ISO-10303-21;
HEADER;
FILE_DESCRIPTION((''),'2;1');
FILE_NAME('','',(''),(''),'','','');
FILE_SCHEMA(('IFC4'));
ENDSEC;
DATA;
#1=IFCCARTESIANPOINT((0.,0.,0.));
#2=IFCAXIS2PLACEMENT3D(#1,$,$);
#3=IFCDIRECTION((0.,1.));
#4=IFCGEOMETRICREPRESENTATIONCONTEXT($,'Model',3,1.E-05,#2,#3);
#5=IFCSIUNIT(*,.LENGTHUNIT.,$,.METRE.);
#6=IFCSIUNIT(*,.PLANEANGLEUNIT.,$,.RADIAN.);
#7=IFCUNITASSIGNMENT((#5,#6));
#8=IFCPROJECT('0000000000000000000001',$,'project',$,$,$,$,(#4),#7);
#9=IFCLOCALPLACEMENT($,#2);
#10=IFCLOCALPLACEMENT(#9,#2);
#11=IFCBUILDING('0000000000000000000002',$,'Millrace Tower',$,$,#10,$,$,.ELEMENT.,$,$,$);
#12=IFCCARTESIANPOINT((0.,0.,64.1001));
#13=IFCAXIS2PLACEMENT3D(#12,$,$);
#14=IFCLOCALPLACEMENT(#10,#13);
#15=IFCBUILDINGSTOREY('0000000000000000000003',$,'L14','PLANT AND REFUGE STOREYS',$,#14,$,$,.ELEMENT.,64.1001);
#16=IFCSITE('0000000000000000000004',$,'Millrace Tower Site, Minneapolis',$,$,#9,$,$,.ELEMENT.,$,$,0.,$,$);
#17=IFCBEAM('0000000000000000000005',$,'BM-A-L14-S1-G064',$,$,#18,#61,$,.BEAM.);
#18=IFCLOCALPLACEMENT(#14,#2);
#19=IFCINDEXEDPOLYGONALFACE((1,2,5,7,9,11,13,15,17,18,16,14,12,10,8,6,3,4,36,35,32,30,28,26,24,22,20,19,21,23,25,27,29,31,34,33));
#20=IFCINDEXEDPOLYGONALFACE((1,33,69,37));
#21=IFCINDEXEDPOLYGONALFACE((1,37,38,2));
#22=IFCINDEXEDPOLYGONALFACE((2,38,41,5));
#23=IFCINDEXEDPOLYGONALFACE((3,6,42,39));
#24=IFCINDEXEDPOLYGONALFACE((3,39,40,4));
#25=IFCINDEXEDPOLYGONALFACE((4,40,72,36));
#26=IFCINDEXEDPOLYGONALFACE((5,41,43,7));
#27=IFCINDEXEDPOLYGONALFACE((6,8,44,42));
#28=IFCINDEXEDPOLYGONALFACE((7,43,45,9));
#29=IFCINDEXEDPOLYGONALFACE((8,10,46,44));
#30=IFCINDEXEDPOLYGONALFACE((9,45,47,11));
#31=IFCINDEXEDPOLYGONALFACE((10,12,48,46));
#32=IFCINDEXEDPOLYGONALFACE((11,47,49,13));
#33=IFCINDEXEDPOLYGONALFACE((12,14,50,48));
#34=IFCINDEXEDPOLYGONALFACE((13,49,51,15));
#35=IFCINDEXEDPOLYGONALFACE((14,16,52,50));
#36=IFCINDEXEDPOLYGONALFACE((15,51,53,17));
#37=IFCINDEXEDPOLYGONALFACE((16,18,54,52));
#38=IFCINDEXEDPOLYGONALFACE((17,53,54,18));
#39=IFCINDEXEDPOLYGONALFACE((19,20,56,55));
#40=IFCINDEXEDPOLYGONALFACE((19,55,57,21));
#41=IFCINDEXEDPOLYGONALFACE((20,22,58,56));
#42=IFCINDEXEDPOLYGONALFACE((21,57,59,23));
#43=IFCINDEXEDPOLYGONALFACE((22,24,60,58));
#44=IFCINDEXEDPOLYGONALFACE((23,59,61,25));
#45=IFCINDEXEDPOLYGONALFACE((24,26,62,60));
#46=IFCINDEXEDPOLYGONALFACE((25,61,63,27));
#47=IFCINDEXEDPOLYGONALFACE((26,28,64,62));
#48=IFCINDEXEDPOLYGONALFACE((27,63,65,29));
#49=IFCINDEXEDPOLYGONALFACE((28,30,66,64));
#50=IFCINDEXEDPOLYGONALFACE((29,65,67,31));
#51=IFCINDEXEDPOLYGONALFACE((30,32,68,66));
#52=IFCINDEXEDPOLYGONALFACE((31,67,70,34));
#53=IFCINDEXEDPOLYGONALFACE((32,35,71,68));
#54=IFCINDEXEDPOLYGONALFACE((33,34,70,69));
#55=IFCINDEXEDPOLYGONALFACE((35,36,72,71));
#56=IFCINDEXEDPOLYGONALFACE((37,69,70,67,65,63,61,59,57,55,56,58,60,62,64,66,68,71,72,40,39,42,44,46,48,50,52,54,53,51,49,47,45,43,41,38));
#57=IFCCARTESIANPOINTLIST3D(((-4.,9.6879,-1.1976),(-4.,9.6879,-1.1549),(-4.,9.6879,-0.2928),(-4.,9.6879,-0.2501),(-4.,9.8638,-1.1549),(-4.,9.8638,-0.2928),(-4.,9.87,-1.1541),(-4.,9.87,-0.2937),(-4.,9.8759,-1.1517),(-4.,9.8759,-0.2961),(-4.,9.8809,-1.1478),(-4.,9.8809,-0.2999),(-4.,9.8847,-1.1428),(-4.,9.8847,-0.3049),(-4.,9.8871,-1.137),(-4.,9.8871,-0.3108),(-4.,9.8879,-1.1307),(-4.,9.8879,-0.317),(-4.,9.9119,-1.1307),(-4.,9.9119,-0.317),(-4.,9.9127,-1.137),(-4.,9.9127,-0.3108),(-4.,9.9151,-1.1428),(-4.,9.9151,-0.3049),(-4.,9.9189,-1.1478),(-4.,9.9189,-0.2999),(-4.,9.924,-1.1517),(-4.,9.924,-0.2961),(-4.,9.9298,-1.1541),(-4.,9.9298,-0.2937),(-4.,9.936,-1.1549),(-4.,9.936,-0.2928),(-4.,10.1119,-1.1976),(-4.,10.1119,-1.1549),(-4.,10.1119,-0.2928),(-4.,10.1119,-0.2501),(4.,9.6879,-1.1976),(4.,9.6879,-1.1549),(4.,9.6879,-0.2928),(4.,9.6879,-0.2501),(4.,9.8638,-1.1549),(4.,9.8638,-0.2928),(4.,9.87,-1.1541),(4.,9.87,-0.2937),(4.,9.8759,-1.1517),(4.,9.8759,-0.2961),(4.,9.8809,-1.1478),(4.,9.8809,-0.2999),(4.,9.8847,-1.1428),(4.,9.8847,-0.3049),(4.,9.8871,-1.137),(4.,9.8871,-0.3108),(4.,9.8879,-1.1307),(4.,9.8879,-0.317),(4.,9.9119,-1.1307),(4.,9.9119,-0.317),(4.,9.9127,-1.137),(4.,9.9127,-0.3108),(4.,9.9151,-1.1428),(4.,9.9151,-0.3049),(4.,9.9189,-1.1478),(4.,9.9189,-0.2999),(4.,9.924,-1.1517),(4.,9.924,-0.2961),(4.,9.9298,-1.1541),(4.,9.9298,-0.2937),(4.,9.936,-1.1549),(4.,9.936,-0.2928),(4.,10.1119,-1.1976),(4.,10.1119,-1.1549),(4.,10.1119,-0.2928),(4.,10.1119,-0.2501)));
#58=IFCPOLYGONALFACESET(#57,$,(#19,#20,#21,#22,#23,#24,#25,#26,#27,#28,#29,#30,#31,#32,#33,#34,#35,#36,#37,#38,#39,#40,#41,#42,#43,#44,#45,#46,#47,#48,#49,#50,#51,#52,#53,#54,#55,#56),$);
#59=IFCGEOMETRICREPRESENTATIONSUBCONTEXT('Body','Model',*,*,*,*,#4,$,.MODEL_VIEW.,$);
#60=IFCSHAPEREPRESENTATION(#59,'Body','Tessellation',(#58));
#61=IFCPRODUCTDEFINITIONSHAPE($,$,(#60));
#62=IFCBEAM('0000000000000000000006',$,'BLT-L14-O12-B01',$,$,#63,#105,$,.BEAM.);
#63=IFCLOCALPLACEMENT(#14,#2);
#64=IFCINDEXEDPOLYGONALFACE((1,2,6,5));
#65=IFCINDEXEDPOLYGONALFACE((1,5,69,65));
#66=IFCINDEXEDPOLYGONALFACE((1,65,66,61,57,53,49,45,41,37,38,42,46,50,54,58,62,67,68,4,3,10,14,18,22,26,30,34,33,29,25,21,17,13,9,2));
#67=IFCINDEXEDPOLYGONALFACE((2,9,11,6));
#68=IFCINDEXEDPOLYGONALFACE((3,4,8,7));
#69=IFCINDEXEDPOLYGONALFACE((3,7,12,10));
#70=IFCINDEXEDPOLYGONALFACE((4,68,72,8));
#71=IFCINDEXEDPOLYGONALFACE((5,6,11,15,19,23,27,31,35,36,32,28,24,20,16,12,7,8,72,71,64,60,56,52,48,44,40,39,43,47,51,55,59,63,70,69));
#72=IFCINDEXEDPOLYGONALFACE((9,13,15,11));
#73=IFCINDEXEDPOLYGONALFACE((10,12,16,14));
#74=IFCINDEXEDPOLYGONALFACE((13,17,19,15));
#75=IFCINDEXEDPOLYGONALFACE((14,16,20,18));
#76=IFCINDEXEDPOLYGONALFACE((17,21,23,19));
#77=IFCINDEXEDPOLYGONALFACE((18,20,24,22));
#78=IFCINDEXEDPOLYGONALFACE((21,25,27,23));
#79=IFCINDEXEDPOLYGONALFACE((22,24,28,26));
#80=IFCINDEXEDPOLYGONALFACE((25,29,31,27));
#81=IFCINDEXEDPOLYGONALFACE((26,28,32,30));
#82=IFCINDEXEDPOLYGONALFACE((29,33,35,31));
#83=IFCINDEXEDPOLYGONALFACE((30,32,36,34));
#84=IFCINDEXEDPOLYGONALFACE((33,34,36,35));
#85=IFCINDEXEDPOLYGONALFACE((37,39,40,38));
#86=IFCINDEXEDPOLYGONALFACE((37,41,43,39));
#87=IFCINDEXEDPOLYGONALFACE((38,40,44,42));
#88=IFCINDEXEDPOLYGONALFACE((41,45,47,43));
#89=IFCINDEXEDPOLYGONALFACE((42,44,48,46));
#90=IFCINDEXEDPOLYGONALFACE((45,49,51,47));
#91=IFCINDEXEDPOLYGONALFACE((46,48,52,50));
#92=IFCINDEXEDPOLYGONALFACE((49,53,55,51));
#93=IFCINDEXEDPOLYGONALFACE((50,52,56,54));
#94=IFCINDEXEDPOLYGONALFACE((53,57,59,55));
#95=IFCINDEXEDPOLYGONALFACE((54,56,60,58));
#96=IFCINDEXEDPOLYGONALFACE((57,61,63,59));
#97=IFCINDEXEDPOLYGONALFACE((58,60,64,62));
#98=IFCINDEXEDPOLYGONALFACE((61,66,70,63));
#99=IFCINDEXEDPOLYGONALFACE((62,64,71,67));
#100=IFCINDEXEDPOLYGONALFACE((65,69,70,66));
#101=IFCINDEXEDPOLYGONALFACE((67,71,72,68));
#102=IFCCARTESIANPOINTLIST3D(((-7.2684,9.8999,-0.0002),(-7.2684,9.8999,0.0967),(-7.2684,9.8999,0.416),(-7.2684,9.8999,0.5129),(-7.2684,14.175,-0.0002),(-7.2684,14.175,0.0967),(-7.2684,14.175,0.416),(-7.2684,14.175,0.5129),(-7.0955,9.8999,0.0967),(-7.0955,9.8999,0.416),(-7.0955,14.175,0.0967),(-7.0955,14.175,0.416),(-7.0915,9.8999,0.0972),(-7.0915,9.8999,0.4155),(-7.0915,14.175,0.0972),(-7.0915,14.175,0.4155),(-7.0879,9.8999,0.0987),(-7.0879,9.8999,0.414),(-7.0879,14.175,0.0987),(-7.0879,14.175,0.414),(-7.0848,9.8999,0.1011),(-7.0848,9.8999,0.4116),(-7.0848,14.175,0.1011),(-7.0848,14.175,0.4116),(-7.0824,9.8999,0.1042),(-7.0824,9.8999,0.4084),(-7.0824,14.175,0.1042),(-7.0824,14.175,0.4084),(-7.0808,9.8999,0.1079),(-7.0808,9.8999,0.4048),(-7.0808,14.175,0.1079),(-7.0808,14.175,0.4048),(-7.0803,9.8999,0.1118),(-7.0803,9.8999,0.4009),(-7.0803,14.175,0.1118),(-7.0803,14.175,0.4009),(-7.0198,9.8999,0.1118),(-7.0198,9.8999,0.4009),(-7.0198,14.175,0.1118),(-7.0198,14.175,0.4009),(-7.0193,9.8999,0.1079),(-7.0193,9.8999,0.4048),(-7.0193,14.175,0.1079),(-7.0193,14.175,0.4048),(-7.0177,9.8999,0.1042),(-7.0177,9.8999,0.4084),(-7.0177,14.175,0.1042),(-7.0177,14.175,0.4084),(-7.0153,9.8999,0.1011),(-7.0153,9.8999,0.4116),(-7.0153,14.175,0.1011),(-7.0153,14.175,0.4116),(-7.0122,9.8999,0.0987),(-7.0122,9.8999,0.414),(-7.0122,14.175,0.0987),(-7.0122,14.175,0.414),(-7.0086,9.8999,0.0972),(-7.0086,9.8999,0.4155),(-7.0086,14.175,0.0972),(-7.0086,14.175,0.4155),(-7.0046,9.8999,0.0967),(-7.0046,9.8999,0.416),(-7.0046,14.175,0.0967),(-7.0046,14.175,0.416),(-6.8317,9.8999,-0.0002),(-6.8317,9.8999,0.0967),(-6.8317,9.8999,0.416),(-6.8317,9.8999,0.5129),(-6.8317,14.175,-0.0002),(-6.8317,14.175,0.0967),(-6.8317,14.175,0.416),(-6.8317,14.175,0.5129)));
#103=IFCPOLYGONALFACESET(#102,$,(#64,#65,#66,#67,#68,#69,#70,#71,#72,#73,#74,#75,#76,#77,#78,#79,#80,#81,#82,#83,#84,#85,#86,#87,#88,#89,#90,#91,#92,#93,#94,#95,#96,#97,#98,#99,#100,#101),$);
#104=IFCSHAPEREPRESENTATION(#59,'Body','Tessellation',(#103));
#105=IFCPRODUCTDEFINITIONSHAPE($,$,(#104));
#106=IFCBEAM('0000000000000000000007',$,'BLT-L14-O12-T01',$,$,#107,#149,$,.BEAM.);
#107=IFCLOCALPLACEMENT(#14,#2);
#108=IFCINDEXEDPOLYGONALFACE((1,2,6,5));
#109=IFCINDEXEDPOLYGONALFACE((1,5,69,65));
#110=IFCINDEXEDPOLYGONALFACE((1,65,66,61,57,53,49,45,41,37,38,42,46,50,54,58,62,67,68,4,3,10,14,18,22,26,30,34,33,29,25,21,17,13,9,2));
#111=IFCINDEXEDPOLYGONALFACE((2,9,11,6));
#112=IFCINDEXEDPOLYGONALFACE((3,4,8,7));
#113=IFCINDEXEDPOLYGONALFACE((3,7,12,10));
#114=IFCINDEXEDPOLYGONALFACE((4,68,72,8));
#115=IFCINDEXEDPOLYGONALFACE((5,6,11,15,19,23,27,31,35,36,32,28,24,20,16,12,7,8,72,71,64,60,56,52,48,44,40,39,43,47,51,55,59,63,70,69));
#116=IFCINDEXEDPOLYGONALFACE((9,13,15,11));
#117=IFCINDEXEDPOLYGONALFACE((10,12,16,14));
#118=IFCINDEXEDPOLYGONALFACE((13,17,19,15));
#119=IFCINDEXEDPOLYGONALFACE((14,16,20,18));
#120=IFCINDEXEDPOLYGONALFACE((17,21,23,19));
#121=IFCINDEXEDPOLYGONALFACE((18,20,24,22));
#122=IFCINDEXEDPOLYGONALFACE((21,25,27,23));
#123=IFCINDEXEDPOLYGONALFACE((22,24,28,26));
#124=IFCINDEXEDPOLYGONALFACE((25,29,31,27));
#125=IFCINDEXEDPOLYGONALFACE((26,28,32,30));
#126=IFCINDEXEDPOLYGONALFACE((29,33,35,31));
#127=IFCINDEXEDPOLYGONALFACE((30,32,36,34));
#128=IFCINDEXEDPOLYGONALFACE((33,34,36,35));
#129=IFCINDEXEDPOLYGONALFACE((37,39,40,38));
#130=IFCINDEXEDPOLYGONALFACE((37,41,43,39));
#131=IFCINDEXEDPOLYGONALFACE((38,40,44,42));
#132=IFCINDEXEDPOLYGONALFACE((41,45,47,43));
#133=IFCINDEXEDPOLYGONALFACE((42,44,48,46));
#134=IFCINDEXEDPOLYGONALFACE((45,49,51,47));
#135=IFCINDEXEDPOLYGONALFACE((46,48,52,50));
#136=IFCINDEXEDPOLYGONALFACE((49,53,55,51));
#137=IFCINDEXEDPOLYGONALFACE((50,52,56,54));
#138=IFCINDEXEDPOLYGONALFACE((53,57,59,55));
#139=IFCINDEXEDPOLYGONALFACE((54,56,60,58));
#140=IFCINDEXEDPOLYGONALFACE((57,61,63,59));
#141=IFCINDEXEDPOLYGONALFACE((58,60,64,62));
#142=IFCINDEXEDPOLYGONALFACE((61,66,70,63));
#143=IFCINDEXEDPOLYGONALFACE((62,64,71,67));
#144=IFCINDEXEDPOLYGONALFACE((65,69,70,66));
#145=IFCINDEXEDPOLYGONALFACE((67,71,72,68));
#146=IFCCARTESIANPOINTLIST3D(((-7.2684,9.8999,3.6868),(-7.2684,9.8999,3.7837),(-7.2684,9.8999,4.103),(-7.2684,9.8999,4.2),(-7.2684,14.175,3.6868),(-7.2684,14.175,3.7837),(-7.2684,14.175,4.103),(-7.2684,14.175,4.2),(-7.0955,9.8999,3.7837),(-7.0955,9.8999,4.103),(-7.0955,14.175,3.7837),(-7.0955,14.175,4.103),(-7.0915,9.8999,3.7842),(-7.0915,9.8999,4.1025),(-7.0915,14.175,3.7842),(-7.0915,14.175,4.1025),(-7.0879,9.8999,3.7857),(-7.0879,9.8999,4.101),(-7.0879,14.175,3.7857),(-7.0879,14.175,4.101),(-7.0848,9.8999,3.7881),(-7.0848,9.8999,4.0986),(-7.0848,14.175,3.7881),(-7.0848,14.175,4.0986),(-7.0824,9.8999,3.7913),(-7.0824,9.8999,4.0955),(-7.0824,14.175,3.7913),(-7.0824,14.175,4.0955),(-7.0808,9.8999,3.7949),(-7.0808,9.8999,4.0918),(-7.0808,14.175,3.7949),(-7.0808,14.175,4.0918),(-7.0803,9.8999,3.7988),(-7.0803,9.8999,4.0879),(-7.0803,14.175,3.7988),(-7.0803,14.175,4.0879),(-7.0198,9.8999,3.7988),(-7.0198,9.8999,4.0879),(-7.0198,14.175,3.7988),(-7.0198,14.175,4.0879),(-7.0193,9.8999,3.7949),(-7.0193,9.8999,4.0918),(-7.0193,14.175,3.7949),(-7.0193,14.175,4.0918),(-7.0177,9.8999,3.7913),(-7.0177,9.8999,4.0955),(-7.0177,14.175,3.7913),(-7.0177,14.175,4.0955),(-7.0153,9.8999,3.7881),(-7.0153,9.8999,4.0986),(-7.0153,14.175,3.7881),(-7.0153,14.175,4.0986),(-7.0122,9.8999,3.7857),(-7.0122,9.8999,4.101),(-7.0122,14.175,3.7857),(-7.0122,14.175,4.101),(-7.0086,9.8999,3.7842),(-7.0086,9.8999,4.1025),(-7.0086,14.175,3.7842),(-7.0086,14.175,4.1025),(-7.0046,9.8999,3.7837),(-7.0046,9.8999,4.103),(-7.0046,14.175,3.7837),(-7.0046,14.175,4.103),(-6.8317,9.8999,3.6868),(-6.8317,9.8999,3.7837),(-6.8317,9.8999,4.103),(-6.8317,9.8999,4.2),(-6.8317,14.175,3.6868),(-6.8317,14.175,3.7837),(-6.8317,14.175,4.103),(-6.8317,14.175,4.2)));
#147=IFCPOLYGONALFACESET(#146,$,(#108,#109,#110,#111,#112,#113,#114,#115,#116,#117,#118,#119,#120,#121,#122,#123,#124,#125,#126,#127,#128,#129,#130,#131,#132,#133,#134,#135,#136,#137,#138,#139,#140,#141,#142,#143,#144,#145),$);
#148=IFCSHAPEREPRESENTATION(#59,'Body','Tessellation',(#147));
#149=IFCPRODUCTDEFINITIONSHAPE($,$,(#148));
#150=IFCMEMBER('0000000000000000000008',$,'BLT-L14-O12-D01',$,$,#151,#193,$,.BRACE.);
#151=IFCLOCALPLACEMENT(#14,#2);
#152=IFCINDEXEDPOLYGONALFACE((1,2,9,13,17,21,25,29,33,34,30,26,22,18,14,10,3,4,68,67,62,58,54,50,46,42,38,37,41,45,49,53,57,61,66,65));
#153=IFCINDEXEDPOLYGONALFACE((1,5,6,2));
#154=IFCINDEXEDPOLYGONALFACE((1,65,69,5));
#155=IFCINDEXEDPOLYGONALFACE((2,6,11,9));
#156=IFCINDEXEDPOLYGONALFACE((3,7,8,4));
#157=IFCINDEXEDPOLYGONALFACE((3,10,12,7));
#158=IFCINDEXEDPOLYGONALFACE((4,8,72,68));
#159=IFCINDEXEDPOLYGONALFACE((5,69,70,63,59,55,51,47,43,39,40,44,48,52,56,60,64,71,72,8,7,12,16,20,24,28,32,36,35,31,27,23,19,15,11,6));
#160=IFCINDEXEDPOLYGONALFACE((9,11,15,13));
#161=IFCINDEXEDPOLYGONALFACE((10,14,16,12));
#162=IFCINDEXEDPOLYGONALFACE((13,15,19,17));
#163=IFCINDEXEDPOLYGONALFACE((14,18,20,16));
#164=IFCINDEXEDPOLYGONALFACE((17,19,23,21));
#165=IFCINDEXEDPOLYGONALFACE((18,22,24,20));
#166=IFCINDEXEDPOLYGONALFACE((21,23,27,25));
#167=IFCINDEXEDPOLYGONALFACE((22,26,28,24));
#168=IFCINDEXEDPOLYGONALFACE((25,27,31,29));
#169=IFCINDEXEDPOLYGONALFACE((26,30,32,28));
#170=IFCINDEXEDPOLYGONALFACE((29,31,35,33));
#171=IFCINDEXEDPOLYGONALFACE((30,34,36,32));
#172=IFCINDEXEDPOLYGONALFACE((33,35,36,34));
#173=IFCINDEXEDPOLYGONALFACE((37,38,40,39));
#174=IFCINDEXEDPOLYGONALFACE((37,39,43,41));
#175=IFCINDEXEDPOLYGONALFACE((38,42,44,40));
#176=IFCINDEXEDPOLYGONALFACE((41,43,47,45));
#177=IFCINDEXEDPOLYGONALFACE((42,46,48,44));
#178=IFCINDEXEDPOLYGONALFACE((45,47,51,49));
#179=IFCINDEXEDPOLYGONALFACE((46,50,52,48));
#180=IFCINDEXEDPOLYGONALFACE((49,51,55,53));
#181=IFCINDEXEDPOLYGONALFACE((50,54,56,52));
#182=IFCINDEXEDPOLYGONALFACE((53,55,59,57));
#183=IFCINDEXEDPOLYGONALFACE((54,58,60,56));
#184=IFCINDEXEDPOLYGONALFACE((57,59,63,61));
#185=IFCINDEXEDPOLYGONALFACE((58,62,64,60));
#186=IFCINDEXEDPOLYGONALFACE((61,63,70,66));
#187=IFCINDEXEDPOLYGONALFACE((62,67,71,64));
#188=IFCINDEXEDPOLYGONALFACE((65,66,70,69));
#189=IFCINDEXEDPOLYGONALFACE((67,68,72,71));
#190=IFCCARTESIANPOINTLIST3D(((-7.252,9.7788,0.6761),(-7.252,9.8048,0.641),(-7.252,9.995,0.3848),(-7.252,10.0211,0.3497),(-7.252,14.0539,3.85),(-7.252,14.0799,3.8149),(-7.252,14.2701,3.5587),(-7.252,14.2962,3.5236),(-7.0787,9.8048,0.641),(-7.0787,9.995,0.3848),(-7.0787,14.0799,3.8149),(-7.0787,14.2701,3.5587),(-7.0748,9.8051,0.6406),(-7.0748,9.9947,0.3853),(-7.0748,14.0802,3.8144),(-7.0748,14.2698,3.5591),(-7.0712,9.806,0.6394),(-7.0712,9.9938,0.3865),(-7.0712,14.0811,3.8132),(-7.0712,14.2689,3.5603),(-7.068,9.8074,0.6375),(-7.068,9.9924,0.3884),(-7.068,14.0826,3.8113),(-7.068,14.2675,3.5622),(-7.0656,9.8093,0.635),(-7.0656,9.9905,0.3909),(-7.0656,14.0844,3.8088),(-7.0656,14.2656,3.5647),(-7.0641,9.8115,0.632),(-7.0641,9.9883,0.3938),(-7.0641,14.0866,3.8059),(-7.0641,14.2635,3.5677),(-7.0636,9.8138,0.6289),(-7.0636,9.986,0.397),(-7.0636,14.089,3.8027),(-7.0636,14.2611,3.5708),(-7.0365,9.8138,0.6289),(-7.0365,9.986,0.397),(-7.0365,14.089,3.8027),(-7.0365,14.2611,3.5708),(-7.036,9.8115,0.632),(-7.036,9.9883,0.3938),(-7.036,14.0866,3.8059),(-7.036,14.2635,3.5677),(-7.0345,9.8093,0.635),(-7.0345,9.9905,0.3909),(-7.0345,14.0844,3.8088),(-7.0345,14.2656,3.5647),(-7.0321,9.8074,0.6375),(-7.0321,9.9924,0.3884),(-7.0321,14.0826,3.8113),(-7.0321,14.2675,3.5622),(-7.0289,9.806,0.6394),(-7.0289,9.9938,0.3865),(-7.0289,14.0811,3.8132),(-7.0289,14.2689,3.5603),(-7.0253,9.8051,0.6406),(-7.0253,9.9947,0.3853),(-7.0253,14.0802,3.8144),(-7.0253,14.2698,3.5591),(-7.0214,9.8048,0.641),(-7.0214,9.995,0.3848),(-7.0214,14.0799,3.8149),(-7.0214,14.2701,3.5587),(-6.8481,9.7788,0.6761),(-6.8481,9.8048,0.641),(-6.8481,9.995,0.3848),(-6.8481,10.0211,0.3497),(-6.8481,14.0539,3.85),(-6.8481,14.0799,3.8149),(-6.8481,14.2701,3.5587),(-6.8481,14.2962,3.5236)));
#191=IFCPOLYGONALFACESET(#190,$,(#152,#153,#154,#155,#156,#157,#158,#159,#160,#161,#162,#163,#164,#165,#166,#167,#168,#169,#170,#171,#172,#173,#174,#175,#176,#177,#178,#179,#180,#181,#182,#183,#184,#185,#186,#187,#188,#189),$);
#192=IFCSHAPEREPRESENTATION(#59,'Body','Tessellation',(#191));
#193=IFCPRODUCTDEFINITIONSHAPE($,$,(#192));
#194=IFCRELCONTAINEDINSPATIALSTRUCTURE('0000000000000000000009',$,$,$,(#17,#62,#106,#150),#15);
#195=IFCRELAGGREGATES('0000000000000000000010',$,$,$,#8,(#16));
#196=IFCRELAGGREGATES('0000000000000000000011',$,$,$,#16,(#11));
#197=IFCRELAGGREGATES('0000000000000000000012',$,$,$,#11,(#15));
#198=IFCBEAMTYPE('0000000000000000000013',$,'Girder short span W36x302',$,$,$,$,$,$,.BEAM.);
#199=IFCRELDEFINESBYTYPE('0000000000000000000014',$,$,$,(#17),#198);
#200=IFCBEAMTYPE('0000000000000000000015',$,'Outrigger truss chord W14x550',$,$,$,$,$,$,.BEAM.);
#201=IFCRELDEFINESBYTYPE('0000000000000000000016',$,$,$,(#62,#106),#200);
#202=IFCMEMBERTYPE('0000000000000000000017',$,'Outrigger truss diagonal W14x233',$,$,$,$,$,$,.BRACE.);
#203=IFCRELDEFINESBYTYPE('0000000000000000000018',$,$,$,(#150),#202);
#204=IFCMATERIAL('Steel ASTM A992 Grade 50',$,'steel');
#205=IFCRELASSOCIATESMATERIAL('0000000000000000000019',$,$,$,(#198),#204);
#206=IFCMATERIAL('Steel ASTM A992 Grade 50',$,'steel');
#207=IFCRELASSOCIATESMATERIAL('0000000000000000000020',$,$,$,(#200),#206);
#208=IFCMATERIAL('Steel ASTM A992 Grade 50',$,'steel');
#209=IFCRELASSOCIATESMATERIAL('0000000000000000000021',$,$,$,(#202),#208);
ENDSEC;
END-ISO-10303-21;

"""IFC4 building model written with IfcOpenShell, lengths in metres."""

from ifc_helpers import new_model, si_unit, direction, frame, origin, origin_2d, place, context, subcontext, project, spatial, i_section, extrude, material, material_profile, profile_set, type_object, element, save


model = new_model("IFC4")

# Units and contexts
model_context = context("Model", 3, precision=1e-05, world=origin(), true_north=direction((0.0, 1.0)))
body_context = subcontext(model_context, "Body", "Model", "MODEL_VIEW")
ifc_project = project(units=[si_unit("LENGTHUNIT", "METRE"), si_unit("PLANEANGLEUNIT", "RADIAN")], contexts=[model_context])

# Site, building, storey
site_placement = place(None, origin())
site = spatial("IfcSite", under=ifc_project, at=site_placement, Name="Millrace Tower Site, Minneapolis", CompositionType="ELEMENT", RefElevation=0.0)
building_placement = place(site_placement, origin())
building = spatial("IfcBuilding", under=site, at=building_placement, Name="Millrace Tower", CompositionType="ELEMENT")
storey_placement = place(building_placement, frame((0.0, 0.0, 64.1001)))
storey = spatial("IfcBuildingStorey", under=building, at=storey_placement, Name="L14", Description="PLANT AND REFUGE STOREYS", CompositionType="ELEMENT", Elevation=64.1001)

# Beams
ifc_material_1 = material(Name="Steel ASTM A992 Grade 50", Category="steel")
ifc_material_profile_1 = material_profile(ifc_material_1, i_section(OverallWidth=0.4241, OverallDepth=0.9475, WebThickness=0.0239, FlangeThickness=0.0427, FilletRadius=0.0242, at=origin_2d()))
ifc_profile_set_1 = profile_set([ifc_material_profile_1], Name="Steel ASTM A992 Grade 50")
beam_type_1 = type_object("IfcBeamType", Name="Girder short span W36x302", PredefinedType="BEAM", material=ifc_profile_set_1)
beam_placement = place(storey_placement, frame((-4.0, 9.8999, -0.7239), z_axis=(1.0, 0.0, 0.0), x_axis=(0.0, 1.0, 0.0)))
element("IfcBeam", 1, at=beam_placement, inside=storey, type_object=beam_type_1, Name="BM-A-L14-S1-G064", PredefinedType="BEAM", context=body_context, shape_type="SweptSolid", body=[
    extrude(i_section(OverallWidth=0.4241, OverallDepth=0.9475, WebThickness=0.0239, FlangeThickness=0.0427, FilletRadius=0.0242, at=origin_2d()), origin(), (0.0, 0.0, 1.0), 8.0),
])
ifc_material_2 = material(Name="Steel ASTM A992 Grade 50", Category="steel")
ifc_material_profile_2 = material_profile(ifc_material_2, i_section(OverallWidth=0.4368, OverallDepth=0.5132, WebThickness=0.0605, FlangeThickness=0.0969, FilletRadius=0.0151, at=origin_2d()))
ifc_profile_set_2 = profile_set([ifc_material_profile_2], Name="Steel ASTM A992 Grade 50")
beam_type_2 = type_object("IfcBeamType", Name="Outrigger truss chord W14x550", PredefinedType="BEAM", material=ifc_profile_set_2)
for number, where, z_axis, x_axis, name in (
    (2, (-7.05, 9.8999, 0.2563), (0.0, 1.0, 0.0), (-1.0, 0.0, 0.0), "BLT-L14-O12-B01"),
    (3, (-7.05, 9.8999, 3.9434), (0.0, 1.0, 0.0), (-1.0, 0.0, 0.0), "BLT-L14-O12-T01"),
):
    element("IfcBeam", number, at=place(storey_placement, frame(where, z_axis=z_axis, x_axis=x_axis)), inside=storey, type_object=beam_type_2, Name=name, PredefinedType="BEAM", context=body_context, shape_type="SweptSolid", body=[
        extrude(i_section(OverallWidth=0.4368, OverallDepth=0.5132, WebThickness=0.0605, FlangeThickness=0.0969, FilletRadius=0.0151, at=origin_2d()), origin(), (0.0, 0.0, 1.0), 4.2751),
    ])

# Member
ifc_material_3 = material(Name="Steel ASTM A992 Grade 50", Category="steel")
ifc_material_profile_3 = material_profile(ifc_material_3, i_section(OverallWidth=0.4038, OverallDepth=0.4065, WebThickness=0.0271, FlangeThickness=0.0437, FilletRadius=0.0151, at=origin_2d()))
ifc_profile_set_3 = profile_set([ifc_material_profile_3], Name="Steel ASTM A992 Grade 50")
member_type_1 = type_object("IfcMemberType", Name="Outrigger truss diagonal W14x233", PredefinedType="BRACE", material=ifc_profile_set_3)
member_1_placement = place(storey_placement, frame((-7.05, 9.8999, 0.5129), z_axis=(0.0, 0.802923, 0.596083), x_axis=(-1.0, 0.0, 0.0)))
element("IfcMember", 4, at=member_1_placement, inside=storey, type_object=member_type_1, Name="BLT-L14-O12-D01", PredefinedType="BRACE", context=body_context, shape_type="SweptSolid", body=[
    extrude(i_section(OverallWidth=0.4038, OverallDepth=0.4065, WebThickness=0.0271, FlangeThickness=0.0437, FilletRadius=0.0151, at=origin_2d()), origin(), (0.0, 0.0, 1.0), 5.3245),
])

save(model, "model.ifc")
